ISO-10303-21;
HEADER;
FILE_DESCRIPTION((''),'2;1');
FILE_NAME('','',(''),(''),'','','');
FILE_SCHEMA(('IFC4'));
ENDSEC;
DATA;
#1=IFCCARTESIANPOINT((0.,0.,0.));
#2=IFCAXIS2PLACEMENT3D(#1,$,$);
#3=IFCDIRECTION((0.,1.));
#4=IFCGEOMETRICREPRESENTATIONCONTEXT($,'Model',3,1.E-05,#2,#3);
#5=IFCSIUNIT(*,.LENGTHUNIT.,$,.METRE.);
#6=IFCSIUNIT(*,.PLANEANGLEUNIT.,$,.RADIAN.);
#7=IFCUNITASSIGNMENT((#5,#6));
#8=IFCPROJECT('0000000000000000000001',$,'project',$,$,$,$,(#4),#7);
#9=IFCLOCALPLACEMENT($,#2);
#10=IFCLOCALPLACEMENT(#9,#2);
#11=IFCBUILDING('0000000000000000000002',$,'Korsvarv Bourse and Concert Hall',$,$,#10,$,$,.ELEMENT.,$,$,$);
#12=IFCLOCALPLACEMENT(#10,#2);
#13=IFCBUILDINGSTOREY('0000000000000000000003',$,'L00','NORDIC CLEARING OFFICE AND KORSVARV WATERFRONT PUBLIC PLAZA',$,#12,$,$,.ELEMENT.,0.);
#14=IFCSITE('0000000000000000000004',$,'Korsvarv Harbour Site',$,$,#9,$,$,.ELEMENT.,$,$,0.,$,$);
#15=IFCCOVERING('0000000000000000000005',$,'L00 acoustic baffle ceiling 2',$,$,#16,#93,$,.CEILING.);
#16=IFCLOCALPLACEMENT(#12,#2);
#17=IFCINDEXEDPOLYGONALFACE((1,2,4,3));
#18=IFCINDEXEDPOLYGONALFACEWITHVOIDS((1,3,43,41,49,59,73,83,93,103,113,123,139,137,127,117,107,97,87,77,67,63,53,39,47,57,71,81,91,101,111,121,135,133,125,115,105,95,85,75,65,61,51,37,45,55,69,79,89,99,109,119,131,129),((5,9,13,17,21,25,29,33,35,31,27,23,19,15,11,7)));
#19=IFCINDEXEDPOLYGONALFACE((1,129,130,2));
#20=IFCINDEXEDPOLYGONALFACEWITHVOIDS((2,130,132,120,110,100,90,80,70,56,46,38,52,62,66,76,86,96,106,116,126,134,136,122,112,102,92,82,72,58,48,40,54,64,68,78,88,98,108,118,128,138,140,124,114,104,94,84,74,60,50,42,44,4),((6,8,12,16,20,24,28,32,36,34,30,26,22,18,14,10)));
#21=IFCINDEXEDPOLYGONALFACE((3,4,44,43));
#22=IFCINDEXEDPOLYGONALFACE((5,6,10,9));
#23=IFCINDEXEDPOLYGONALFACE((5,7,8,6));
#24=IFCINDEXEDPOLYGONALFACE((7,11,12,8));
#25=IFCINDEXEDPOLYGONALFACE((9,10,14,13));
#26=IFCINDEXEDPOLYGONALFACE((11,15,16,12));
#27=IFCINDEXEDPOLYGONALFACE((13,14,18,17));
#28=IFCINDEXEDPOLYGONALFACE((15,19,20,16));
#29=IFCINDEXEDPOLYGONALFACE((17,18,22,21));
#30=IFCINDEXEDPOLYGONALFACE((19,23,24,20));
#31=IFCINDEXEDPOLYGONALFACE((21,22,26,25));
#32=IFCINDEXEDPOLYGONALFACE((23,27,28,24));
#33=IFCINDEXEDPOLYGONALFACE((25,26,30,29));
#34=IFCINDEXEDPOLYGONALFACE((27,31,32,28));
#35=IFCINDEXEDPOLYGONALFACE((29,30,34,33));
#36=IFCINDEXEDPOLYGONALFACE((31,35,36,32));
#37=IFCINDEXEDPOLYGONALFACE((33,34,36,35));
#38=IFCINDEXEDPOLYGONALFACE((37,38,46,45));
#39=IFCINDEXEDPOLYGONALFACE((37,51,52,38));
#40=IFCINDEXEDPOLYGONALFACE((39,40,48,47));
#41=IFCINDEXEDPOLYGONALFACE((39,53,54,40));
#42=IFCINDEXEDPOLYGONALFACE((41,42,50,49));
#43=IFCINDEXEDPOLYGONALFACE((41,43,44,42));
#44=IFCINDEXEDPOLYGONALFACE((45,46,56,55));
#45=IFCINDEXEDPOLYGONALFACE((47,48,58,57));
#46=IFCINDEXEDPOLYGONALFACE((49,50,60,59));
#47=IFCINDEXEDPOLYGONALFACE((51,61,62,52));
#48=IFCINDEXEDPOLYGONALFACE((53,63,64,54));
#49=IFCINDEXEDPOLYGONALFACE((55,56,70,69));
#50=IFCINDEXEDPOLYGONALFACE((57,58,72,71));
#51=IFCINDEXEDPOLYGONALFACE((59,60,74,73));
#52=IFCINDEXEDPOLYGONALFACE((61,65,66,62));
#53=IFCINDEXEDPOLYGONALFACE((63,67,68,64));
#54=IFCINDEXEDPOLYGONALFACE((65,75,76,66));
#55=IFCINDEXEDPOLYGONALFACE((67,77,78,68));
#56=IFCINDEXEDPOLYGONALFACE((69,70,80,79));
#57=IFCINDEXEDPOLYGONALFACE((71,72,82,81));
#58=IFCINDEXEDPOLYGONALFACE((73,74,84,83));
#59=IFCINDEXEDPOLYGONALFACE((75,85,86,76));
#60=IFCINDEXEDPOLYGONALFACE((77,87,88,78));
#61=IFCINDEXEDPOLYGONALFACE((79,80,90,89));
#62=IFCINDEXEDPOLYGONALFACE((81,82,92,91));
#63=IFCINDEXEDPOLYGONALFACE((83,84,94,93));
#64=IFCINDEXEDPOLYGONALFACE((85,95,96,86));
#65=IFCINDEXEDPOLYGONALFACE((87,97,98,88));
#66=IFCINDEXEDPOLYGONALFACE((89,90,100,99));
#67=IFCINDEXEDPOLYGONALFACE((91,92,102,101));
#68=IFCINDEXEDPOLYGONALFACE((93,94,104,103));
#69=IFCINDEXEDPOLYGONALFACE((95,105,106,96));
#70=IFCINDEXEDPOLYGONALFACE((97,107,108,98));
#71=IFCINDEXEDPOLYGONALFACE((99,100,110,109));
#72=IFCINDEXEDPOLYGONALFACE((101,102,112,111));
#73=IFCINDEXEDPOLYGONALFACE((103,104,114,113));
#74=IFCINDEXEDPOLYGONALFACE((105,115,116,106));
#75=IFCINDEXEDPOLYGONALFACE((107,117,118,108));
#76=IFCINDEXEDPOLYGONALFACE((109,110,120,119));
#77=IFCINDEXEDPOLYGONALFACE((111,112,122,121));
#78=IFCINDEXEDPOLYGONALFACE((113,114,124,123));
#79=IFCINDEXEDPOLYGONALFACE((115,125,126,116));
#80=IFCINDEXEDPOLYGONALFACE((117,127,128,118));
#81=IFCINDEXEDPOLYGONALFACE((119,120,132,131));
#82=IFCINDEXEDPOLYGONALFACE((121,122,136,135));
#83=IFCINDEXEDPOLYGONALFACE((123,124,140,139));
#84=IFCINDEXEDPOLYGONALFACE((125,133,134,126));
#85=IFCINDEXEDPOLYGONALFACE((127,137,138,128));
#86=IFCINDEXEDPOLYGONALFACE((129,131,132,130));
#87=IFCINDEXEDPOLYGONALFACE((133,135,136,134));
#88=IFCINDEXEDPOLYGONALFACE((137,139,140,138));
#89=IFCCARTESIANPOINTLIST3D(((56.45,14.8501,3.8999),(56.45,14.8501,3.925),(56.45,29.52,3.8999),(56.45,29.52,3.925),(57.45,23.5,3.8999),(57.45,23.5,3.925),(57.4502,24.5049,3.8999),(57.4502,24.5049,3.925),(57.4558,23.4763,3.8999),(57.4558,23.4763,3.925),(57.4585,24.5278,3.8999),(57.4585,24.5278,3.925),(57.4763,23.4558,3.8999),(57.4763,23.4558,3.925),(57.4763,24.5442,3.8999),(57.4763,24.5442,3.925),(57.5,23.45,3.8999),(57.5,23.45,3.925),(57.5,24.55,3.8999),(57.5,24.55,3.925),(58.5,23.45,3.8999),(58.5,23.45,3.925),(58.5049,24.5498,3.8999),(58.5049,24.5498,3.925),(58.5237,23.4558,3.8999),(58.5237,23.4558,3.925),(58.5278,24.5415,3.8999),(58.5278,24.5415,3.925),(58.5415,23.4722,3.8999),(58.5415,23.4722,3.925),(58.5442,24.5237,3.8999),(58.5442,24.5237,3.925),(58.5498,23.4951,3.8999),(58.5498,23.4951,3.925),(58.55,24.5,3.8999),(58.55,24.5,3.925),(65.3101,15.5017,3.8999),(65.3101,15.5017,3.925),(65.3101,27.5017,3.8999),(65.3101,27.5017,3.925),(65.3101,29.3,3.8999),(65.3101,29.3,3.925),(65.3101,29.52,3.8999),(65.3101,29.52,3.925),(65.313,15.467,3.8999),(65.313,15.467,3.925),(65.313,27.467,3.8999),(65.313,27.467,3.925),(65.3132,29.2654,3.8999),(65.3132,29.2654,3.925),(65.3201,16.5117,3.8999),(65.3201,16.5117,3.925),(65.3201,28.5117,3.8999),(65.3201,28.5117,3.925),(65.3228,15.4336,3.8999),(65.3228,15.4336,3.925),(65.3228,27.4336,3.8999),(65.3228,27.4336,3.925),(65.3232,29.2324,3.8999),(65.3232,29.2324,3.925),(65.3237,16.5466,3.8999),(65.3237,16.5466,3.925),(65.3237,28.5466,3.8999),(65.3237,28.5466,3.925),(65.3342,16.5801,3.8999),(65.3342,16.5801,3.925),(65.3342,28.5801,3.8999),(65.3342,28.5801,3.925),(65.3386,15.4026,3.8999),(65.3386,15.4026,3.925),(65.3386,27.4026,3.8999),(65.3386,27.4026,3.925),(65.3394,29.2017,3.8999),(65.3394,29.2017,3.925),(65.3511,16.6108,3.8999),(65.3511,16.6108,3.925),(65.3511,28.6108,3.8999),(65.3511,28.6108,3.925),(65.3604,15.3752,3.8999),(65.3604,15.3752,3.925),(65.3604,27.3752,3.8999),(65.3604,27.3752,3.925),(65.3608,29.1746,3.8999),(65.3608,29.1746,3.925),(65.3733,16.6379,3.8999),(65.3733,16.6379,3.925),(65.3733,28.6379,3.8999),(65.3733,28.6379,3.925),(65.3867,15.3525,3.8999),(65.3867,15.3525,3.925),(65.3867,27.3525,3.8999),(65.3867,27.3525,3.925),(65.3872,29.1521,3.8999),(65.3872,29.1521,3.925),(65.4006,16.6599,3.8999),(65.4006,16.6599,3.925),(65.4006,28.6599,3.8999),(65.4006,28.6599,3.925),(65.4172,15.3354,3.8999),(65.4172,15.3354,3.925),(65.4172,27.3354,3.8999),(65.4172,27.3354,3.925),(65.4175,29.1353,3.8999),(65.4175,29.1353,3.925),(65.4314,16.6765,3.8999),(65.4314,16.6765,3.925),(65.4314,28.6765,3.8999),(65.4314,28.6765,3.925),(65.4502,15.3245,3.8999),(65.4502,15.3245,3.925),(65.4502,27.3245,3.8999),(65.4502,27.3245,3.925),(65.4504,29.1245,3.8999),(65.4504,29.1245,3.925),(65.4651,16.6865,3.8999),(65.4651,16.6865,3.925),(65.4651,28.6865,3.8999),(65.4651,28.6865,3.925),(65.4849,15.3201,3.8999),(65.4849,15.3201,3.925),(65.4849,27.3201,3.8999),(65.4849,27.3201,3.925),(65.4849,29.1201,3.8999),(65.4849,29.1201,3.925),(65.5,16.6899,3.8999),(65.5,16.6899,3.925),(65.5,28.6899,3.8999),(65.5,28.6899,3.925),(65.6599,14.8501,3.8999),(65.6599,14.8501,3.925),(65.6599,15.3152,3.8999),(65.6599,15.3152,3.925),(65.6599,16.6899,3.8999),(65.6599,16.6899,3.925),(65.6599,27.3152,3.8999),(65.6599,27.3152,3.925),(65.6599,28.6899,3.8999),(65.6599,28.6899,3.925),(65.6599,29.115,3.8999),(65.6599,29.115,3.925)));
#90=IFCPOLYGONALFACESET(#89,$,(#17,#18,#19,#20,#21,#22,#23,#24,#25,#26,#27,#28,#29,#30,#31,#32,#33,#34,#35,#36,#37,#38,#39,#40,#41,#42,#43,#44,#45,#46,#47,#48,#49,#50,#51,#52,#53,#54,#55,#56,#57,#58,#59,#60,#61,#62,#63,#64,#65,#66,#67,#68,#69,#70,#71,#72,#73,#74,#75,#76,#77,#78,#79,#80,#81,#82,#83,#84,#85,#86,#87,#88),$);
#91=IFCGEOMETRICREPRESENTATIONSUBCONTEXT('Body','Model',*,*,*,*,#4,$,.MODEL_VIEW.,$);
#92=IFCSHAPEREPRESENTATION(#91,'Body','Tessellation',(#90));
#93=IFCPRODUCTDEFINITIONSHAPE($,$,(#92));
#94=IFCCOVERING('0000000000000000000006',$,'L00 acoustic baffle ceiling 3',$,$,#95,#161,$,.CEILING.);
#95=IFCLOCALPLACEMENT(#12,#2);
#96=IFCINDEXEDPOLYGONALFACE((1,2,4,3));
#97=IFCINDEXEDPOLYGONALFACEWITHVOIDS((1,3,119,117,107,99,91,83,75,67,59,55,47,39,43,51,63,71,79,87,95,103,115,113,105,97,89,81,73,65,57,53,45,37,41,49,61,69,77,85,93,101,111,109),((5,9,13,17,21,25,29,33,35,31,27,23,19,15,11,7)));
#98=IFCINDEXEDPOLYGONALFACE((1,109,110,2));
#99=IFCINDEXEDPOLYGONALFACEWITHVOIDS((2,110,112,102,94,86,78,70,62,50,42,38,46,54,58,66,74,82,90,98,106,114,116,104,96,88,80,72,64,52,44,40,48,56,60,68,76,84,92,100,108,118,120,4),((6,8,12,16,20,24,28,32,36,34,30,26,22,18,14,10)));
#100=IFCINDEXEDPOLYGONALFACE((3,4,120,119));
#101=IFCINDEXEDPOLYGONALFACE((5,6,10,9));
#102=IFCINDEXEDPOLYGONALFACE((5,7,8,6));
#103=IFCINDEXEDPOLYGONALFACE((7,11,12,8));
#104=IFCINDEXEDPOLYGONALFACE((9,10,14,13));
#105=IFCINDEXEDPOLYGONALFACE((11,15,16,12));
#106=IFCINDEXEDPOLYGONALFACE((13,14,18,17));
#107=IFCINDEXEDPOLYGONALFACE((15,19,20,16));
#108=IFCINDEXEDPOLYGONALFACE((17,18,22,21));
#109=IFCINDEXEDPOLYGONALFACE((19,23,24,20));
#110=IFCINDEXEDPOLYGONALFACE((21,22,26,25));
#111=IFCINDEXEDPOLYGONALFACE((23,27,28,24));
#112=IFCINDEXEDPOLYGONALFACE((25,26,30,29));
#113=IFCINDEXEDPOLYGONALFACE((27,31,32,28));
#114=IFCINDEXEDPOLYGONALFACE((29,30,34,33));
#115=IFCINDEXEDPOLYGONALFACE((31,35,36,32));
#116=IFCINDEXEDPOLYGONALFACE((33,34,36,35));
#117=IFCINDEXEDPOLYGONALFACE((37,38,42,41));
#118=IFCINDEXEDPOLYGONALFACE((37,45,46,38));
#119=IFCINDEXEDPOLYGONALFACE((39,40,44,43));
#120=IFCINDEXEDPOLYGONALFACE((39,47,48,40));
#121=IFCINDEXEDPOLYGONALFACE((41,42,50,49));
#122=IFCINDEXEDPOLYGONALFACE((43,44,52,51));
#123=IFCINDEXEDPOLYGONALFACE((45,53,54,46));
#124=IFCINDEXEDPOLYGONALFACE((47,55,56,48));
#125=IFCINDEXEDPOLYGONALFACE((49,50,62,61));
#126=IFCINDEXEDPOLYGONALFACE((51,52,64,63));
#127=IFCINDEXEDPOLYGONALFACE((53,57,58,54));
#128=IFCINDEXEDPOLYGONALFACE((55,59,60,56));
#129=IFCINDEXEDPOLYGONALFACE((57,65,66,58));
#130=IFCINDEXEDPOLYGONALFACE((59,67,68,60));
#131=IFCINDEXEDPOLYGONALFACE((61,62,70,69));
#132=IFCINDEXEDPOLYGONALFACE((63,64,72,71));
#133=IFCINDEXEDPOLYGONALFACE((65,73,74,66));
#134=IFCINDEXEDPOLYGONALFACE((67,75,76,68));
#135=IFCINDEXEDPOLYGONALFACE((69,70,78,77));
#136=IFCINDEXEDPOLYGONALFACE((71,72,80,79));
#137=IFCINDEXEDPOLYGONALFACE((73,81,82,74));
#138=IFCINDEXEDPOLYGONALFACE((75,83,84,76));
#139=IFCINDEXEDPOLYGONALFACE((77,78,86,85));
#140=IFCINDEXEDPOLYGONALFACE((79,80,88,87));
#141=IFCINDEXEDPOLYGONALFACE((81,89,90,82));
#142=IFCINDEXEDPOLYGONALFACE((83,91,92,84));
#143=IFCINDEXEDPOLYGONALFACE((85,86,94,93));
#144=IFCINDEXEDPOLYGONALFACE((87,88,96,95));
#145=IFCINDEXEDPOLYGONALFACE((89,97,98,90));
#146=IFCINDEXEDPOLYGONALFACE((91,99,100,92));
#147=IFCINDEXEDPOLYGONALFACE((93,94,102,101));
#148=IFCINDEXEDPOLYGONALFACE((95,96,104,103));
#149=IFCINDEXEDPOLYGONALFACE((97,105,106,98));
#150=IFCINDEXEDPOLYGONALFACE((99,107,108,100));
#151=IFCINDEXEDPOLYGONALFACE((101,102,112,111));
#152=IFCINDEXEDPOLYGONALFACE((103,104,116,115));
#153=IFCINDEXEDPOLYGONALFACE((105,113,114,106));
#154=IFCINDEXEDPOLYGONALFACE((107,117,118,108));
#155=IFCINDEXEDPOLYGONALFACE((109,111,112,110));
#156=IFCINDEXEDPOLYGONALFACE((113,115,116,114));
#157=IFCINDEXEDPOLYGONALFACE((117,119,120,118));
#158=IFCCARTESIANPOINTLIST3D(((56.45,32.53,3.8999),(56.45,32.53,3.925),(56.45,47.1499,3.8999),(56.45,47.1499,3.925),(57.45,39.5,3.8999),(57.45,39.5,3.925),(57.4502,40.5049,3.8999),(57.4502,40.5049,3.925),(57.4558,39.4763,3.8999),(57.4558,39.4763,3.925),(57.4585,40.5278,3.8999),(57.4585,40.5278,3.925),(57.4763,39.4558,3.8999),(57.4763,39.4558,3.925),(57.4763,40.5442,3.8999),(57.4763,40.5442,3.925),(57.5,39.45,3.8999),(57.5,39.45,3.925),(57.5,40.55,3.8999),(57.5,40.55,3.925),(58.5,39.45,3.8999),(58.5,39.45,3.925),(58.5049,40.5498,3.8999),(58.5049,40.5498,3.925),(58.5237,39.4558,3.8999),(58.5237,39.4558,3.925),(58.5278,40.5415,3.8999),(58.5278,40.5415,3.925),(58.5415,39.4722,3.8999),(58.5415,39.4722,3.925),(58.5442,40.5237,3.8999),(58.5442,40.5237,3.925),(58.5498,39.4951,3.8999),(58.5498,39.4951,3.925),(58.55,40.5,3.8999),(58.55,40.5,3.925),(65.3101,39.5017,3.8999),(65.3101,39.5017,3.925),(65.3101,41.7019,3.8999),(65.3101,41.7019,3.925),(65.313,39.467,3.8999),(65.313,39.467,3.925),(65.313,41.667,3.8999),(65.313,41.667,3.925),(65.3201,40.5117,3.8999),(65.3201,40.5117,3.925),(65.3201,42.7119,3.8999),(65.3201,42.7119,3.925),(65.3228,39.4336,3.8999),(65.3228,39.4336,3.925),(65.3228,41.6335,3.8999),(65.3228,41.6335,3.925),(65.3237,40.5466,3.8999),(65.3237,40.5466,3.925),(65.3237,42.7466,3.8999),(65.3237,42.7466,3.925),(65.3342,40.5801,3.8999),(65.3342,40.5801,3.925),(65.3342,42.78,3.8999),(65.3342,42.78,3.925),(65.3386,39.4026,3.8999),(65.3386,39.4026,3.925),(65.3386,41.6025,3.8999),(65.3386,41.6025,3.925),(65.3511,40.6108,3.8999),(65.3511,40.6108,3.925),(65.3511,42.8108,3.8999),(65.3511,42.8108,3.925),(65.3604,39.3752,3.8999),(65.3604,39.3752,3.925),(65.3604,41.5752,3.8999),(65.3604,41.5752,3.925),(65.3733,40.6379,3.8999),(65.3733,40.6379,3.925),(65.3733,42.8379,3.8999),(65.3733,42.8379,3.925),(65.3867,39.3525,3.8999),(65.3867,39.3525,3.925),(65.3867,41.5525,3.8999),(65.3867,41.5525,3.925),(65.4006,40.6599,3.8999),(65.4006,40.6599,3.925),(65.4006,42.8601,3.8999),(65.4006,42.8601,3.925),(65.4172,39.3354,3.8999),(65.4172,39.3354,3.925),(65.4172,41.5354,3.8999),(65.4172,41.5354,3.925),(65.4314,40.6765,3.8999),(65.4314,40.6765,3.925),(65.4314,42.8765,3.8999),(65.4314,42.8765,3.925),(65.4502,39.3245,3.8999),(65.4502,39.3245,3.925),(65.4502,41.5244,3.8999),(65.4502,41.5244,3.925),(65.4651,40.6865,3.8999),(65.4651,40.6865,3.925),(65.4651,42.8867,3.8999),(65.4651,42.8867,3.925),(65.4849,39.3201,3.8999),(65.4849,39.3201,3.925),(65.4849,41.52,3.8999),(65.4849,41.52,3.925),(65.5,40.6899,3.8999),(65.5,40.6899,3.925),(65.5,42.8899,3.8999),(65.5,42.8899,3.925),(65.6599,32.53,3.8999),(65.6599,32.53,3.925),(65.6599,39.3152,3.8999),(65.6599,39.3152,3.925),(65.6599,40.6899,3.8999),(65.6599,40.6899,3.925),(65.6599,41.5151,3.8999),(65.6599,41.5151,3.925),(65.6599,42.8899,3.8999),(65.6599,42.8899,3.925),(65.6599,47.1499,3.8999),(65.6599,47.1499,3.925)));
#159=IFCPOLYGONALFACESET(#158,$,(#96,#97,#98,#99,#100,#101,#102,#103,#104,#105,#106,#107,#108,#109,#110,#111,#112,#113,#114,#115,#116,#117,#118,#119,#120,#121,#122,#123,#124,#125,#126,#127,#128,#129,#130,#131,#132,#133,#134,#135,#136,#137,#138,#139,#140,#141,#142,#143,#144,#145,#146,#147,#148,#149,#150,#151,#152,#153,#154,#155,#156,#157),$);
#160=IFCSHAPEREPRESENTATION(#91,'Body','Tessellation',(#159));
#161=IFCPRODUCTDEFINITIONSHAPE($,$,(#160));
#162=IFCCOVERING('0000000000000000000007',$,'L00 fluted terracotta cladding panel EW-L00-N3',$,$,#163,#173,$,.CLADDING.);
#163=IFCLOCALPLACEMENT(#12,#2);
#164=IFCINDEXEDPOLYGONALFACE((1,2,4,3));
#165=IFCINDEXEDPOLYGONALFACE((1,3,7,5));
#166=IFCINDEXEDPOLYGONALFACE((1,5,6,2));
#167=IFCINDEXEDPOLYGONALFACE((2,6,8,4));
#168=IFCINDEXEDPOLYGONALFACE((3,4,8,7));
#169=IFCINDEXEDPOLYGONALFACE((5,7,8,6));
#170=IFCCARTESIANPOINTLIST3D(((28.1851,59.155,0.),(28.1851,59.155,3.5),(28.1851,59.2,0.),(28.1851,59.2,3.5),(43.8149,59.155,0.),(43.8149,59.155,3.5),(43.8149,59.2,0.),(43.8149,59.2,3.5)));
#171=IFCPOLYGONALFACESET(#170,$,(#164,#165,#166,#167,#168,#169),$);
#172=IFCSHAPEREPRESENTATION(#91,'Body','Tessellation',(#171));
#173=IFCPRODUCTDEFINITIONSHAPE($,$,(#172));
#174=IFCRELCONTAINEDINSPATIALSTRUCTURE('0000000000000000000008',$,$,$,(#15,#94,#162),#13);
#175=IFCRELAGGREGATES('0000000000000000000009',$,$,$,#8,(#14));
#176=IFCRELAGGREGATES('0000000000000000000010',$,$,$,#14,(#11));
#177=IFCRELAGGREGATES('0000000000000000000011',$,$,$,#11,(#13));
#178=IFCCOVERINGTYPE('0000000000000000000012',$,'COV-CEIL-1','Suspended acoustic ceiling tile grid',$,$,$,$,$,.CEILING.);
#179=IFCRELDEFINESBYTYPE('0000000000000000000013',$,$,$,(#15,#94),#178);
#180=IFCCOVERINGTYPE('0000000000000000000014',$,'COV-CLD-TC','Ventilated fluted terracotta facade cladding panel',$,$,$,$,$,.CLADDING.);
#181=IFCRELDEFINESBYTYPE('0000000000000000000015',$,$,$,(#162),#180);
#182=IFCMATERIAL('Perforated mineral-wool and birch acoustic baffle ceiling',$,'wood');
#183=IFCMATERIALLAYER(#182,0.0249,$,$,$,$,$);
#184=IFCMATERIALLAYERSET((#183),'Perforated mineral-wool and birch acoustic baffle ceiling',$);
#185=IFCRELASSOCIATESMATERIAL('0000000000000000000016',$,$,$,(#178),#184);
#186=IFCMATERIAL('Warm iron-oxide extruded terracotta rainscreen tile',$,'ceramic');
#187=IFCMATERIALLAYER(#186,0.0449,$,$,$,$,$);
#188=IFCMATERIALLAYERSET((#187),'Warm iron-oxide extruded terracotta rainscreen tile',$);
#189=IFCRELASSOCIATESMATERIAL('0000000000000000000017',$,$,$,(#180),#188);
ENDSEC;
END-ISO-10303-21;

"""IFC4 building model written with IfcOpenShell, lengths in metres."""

from ifc_helpers import new_model, si_unit, direction, frame, origin, place, context, subcontext, project, spatial, polyline, outline, extrude, material, layer, layer_set, type_object, element, save


model = new_model("IFC4")

# Units and contexts
model_context = context("Model", 3, precision=1e-05, world=origin(), true_north=direction((0.0, 1.0)))
body_context = subcontext(model_context, "Body", "Model", "MODEL_VIEW")
ifc_project = project(units=[si_unit("LENGTHUNIT", "METRE"), si_unit("PLANEANGLEUNIT", "RADIAN")], contexts=[model_context])

# Site, building, storey
site_placement = place(None, origin())
site = spatial("IfcSite", under=ifc_project, at=site_placement, Name="Korsvarv Harbour Site", CompositionType="ELEMENT", RefElevation=0.0)
building_placement = place(site_placement, origin())
building = spatial("IfcBuilding", under=site, at=building_placement, Name="Korsvarv Bourse and Concert Hall", CompositionType="ELEMENT")
storey_placement = place(building_placement, origin())
storey = spatial("IfcBuildingStorey", under=building, at=storey_placement, Name="L00", Description="NORDIC CLEARING OFFICE AND KORSVARV WATERFRONT PUBLIC PLAZA", CompositionType="ELEMENT", Elevation=0.0)

# Coverings
ifc_material_1 = material(Name="Perforated mineral-wool and birch acoustic baffle ceiling", Category="wood")
ifc_layer_1 = layer(ifc_material_1, 0.0249)
ifc_layer_set_1 = layer_set([ifc_layer_1], Name="Perforated mineral-wool and birch acoustic baffle ceiling")
covering_type_1 = type_object("IfcCoveringType", Name="COV-CEIL-1", Description="Suspended acoustic ceiling tile grid", PredefinedType="CEILING", material=ifc_layer_set_1)
covering_1_placement = place(storey_placement, frame((0.0, 0.0, 3.8999)))
element("IfcCovering", 1, at=covering_1_placement, inside=storey, type_object=covering_type_1, Name="L00 acoustic baffle ceiling 2", PredefinedType="CEILING", context=body_context, shape_type="SweptSolid", body=[
    extrude(outline(polyline([(56.45, 29.52), (65.3101, 29.52), (65.3101, 29.3), (65.3132, 29.2654), (65.3232, 29.2324), (65.3394, 29.2017), (65.3608, 29.1746), (65.3872, 29.1521), (65.4175, 29.1353), (65.4504, 29.1245), (65.4849, 29.1201), (65.6599, 29.115), (65.6599, 28.6899), (65.5, 28.6899), (65.4651, 28.6865), (65.4314, 28.6765), (65.4006, 28.6599), (65.3733, 28.6379), (65.3511, 28.6108), (65.3342, 28.5801), (65.3237, 28.5466), (65.3201, 28.5117), (65.3101, 27.5017), (65.313, 27.467), (65.3228, 27.4336), (65.3386, 27.4026), (65.3604, 27.3752), (65.3867, 27.3525), (65.4172, 27.3354), (65.4502, 27.3245), (65.4849, 27.3201), (65.6599, 27.3152), (65.6599, 16.6899), (65.5, 16.6899), (65.4651, 16.6865), (65.4314, 16.6765), (65.4006, 16.6599), (65.3733, 16.6379), (65.3511, 16.6108), (65.3342, 16.5801), (65.3237, 16.5466), (65.3201, 16.5117), (65.3101, 15.5017), (65.313, 15.467), (65.3228, 15.4336), (65.3386, 15.4026), (65.3604, 15.3752), (65.3867, 15.3525), (65.4172, 15.3354), (65.4502, 15.3245), (65.4849, 15.3201), (65.6599, 15.3152), (65.6599, 14.8501), (56.45, 14.8501), (56.45, 29.52)]), holes=[polyline([(57.4763, 23.4558), (57.5, 23.45), (58.5, 23.45), (58.5237, 23.4558), (58.5415, 23.4722), (58.5498, 23.4951), (58.55, 24.5), (58.5442, 24.5237), (58.5278, 24.5415), (58.5049, 24.5498), (57.5, 24.55), (57.4763, 24.5442), (57.4585, 24.5278), (57.4502, 24.5049), (57.45, 23.5), (57.4558, 23.4763), (57.4763, 23.4558)])]), origin(), (0.0, 0.0, 1.0), 0.0251),
])
covering_2_placement = place(storey_placement, frame((0.0, 0.0, 3.8999)))
element("IfcCovering", 2, at=covering_2_placement, inside=storey, type_object=covering_type_1, Name="L00 acoustic baffle ceiling 3", PredefinedType="CEILING", context=body_context, shape_type="SweptSolid", body=[
    extrude(outline(polyline([(65.6599, 42.8899), (65.5, 42.8899), (65.4651, 42.8867), (65.4314, 42.8765), (65.4006, 42.8601), (65.3733, 42.8379), (65.3511, 42.8108), (65.3342, 42.78), (65.3237, 42.7466), (65.3201, 42.7119), (65.3101, 41.7019), (65.313, 41.667), (65.3228, 41.6335), (65.3386, 41.6025), (65.3604, 41.5752), (65.3867, 41.5525), (65.4172, 41.5354), (65.4502, 41.5244), (65.4849, 41.52), (65.6599, 41.5151), (65.6599, 40.6899), (65.5, 40.6899), (65.4651, 40.6865), (65.4314, 40.6765), (65.4006, 40.6599), (65.3733, 40.6379), (65.3511, 40.6108), (65.3342, 40.5801), (65.3237, 40.5466), (65.3201, 40.5117), (65.3101, 39.5017), (65.313, 39.467), (65.3228, 39.4336), (65.3386, 39.4026), (65.3604, 39.3752), (65.3867, 39.3525), (65.4172, 39.3354), (65.4502, 39.3245), (65.4849, 39.3201), (65.6599, 39.3152), (65.6599, 32.53), (56.45, 32.53), (56.45, 47.1499), (65.6599, 47.1499), (65.6599, 42.8899)]), holes=[polyline([(57.4763, 39.4558), (57.5, 39.45), (58.5, 39.45), (58.5237, 39.4558), (58.5415, 39.4722), (58.5498, 39.4951), (58.55, 40.5), (58.5442, 40.5237), (58.5278, 40.5415), (58.5049, 40.5498), (57.5, 40.55), (57.4763, 40.5442), (57.4585, 40.5278), (57.4502, 40.5049), (57.45, 39.5), (57.4558, 39.4763), (57.4763, 39.4558)])]), origin(), (0.0, 0.0, 1.0), 0.0251),
])
ifc_material_2 = material(Name="Warm iron-oxide extruded terracotta rainscreen tile", Category="ceramic")
ifc_layer_2 = layer(ifc_material_2, 0.0449)
ifc_layer_set_2 = layer_set([ifc_layer_2], Name="Warm iron-oxide extruded terracotta rainscreen tile")
covering_type_2 = type_object("IfcCoveringType", Name="COV-CLD-TC", Description="Ventilated fluted terracotta facade cladding panel", PredefinedType="CLADDING", material=ifc_layer_set_2)
covering_3_placement = place(storey_placement, origin())
element("IfcCovering", 3, at=covering_3_placement, inside=storey, type_object=covering_type_2, Name="L00 fluted terracotta cladding panel EW-L00-N3", PredefinedType="CLADDING", context=body_context, shape_type="SweptSolid", body=[
    extrude(outline(polyline([(28.1851, 59.155), (43.8149, 59.155), (43.8149, 59.2), (28.1851, 59.2), (28.1851, 59.155)])), origin(), (0.0, 0.0, 1.0), 3.5),
])

save(model, "model.ifc")
